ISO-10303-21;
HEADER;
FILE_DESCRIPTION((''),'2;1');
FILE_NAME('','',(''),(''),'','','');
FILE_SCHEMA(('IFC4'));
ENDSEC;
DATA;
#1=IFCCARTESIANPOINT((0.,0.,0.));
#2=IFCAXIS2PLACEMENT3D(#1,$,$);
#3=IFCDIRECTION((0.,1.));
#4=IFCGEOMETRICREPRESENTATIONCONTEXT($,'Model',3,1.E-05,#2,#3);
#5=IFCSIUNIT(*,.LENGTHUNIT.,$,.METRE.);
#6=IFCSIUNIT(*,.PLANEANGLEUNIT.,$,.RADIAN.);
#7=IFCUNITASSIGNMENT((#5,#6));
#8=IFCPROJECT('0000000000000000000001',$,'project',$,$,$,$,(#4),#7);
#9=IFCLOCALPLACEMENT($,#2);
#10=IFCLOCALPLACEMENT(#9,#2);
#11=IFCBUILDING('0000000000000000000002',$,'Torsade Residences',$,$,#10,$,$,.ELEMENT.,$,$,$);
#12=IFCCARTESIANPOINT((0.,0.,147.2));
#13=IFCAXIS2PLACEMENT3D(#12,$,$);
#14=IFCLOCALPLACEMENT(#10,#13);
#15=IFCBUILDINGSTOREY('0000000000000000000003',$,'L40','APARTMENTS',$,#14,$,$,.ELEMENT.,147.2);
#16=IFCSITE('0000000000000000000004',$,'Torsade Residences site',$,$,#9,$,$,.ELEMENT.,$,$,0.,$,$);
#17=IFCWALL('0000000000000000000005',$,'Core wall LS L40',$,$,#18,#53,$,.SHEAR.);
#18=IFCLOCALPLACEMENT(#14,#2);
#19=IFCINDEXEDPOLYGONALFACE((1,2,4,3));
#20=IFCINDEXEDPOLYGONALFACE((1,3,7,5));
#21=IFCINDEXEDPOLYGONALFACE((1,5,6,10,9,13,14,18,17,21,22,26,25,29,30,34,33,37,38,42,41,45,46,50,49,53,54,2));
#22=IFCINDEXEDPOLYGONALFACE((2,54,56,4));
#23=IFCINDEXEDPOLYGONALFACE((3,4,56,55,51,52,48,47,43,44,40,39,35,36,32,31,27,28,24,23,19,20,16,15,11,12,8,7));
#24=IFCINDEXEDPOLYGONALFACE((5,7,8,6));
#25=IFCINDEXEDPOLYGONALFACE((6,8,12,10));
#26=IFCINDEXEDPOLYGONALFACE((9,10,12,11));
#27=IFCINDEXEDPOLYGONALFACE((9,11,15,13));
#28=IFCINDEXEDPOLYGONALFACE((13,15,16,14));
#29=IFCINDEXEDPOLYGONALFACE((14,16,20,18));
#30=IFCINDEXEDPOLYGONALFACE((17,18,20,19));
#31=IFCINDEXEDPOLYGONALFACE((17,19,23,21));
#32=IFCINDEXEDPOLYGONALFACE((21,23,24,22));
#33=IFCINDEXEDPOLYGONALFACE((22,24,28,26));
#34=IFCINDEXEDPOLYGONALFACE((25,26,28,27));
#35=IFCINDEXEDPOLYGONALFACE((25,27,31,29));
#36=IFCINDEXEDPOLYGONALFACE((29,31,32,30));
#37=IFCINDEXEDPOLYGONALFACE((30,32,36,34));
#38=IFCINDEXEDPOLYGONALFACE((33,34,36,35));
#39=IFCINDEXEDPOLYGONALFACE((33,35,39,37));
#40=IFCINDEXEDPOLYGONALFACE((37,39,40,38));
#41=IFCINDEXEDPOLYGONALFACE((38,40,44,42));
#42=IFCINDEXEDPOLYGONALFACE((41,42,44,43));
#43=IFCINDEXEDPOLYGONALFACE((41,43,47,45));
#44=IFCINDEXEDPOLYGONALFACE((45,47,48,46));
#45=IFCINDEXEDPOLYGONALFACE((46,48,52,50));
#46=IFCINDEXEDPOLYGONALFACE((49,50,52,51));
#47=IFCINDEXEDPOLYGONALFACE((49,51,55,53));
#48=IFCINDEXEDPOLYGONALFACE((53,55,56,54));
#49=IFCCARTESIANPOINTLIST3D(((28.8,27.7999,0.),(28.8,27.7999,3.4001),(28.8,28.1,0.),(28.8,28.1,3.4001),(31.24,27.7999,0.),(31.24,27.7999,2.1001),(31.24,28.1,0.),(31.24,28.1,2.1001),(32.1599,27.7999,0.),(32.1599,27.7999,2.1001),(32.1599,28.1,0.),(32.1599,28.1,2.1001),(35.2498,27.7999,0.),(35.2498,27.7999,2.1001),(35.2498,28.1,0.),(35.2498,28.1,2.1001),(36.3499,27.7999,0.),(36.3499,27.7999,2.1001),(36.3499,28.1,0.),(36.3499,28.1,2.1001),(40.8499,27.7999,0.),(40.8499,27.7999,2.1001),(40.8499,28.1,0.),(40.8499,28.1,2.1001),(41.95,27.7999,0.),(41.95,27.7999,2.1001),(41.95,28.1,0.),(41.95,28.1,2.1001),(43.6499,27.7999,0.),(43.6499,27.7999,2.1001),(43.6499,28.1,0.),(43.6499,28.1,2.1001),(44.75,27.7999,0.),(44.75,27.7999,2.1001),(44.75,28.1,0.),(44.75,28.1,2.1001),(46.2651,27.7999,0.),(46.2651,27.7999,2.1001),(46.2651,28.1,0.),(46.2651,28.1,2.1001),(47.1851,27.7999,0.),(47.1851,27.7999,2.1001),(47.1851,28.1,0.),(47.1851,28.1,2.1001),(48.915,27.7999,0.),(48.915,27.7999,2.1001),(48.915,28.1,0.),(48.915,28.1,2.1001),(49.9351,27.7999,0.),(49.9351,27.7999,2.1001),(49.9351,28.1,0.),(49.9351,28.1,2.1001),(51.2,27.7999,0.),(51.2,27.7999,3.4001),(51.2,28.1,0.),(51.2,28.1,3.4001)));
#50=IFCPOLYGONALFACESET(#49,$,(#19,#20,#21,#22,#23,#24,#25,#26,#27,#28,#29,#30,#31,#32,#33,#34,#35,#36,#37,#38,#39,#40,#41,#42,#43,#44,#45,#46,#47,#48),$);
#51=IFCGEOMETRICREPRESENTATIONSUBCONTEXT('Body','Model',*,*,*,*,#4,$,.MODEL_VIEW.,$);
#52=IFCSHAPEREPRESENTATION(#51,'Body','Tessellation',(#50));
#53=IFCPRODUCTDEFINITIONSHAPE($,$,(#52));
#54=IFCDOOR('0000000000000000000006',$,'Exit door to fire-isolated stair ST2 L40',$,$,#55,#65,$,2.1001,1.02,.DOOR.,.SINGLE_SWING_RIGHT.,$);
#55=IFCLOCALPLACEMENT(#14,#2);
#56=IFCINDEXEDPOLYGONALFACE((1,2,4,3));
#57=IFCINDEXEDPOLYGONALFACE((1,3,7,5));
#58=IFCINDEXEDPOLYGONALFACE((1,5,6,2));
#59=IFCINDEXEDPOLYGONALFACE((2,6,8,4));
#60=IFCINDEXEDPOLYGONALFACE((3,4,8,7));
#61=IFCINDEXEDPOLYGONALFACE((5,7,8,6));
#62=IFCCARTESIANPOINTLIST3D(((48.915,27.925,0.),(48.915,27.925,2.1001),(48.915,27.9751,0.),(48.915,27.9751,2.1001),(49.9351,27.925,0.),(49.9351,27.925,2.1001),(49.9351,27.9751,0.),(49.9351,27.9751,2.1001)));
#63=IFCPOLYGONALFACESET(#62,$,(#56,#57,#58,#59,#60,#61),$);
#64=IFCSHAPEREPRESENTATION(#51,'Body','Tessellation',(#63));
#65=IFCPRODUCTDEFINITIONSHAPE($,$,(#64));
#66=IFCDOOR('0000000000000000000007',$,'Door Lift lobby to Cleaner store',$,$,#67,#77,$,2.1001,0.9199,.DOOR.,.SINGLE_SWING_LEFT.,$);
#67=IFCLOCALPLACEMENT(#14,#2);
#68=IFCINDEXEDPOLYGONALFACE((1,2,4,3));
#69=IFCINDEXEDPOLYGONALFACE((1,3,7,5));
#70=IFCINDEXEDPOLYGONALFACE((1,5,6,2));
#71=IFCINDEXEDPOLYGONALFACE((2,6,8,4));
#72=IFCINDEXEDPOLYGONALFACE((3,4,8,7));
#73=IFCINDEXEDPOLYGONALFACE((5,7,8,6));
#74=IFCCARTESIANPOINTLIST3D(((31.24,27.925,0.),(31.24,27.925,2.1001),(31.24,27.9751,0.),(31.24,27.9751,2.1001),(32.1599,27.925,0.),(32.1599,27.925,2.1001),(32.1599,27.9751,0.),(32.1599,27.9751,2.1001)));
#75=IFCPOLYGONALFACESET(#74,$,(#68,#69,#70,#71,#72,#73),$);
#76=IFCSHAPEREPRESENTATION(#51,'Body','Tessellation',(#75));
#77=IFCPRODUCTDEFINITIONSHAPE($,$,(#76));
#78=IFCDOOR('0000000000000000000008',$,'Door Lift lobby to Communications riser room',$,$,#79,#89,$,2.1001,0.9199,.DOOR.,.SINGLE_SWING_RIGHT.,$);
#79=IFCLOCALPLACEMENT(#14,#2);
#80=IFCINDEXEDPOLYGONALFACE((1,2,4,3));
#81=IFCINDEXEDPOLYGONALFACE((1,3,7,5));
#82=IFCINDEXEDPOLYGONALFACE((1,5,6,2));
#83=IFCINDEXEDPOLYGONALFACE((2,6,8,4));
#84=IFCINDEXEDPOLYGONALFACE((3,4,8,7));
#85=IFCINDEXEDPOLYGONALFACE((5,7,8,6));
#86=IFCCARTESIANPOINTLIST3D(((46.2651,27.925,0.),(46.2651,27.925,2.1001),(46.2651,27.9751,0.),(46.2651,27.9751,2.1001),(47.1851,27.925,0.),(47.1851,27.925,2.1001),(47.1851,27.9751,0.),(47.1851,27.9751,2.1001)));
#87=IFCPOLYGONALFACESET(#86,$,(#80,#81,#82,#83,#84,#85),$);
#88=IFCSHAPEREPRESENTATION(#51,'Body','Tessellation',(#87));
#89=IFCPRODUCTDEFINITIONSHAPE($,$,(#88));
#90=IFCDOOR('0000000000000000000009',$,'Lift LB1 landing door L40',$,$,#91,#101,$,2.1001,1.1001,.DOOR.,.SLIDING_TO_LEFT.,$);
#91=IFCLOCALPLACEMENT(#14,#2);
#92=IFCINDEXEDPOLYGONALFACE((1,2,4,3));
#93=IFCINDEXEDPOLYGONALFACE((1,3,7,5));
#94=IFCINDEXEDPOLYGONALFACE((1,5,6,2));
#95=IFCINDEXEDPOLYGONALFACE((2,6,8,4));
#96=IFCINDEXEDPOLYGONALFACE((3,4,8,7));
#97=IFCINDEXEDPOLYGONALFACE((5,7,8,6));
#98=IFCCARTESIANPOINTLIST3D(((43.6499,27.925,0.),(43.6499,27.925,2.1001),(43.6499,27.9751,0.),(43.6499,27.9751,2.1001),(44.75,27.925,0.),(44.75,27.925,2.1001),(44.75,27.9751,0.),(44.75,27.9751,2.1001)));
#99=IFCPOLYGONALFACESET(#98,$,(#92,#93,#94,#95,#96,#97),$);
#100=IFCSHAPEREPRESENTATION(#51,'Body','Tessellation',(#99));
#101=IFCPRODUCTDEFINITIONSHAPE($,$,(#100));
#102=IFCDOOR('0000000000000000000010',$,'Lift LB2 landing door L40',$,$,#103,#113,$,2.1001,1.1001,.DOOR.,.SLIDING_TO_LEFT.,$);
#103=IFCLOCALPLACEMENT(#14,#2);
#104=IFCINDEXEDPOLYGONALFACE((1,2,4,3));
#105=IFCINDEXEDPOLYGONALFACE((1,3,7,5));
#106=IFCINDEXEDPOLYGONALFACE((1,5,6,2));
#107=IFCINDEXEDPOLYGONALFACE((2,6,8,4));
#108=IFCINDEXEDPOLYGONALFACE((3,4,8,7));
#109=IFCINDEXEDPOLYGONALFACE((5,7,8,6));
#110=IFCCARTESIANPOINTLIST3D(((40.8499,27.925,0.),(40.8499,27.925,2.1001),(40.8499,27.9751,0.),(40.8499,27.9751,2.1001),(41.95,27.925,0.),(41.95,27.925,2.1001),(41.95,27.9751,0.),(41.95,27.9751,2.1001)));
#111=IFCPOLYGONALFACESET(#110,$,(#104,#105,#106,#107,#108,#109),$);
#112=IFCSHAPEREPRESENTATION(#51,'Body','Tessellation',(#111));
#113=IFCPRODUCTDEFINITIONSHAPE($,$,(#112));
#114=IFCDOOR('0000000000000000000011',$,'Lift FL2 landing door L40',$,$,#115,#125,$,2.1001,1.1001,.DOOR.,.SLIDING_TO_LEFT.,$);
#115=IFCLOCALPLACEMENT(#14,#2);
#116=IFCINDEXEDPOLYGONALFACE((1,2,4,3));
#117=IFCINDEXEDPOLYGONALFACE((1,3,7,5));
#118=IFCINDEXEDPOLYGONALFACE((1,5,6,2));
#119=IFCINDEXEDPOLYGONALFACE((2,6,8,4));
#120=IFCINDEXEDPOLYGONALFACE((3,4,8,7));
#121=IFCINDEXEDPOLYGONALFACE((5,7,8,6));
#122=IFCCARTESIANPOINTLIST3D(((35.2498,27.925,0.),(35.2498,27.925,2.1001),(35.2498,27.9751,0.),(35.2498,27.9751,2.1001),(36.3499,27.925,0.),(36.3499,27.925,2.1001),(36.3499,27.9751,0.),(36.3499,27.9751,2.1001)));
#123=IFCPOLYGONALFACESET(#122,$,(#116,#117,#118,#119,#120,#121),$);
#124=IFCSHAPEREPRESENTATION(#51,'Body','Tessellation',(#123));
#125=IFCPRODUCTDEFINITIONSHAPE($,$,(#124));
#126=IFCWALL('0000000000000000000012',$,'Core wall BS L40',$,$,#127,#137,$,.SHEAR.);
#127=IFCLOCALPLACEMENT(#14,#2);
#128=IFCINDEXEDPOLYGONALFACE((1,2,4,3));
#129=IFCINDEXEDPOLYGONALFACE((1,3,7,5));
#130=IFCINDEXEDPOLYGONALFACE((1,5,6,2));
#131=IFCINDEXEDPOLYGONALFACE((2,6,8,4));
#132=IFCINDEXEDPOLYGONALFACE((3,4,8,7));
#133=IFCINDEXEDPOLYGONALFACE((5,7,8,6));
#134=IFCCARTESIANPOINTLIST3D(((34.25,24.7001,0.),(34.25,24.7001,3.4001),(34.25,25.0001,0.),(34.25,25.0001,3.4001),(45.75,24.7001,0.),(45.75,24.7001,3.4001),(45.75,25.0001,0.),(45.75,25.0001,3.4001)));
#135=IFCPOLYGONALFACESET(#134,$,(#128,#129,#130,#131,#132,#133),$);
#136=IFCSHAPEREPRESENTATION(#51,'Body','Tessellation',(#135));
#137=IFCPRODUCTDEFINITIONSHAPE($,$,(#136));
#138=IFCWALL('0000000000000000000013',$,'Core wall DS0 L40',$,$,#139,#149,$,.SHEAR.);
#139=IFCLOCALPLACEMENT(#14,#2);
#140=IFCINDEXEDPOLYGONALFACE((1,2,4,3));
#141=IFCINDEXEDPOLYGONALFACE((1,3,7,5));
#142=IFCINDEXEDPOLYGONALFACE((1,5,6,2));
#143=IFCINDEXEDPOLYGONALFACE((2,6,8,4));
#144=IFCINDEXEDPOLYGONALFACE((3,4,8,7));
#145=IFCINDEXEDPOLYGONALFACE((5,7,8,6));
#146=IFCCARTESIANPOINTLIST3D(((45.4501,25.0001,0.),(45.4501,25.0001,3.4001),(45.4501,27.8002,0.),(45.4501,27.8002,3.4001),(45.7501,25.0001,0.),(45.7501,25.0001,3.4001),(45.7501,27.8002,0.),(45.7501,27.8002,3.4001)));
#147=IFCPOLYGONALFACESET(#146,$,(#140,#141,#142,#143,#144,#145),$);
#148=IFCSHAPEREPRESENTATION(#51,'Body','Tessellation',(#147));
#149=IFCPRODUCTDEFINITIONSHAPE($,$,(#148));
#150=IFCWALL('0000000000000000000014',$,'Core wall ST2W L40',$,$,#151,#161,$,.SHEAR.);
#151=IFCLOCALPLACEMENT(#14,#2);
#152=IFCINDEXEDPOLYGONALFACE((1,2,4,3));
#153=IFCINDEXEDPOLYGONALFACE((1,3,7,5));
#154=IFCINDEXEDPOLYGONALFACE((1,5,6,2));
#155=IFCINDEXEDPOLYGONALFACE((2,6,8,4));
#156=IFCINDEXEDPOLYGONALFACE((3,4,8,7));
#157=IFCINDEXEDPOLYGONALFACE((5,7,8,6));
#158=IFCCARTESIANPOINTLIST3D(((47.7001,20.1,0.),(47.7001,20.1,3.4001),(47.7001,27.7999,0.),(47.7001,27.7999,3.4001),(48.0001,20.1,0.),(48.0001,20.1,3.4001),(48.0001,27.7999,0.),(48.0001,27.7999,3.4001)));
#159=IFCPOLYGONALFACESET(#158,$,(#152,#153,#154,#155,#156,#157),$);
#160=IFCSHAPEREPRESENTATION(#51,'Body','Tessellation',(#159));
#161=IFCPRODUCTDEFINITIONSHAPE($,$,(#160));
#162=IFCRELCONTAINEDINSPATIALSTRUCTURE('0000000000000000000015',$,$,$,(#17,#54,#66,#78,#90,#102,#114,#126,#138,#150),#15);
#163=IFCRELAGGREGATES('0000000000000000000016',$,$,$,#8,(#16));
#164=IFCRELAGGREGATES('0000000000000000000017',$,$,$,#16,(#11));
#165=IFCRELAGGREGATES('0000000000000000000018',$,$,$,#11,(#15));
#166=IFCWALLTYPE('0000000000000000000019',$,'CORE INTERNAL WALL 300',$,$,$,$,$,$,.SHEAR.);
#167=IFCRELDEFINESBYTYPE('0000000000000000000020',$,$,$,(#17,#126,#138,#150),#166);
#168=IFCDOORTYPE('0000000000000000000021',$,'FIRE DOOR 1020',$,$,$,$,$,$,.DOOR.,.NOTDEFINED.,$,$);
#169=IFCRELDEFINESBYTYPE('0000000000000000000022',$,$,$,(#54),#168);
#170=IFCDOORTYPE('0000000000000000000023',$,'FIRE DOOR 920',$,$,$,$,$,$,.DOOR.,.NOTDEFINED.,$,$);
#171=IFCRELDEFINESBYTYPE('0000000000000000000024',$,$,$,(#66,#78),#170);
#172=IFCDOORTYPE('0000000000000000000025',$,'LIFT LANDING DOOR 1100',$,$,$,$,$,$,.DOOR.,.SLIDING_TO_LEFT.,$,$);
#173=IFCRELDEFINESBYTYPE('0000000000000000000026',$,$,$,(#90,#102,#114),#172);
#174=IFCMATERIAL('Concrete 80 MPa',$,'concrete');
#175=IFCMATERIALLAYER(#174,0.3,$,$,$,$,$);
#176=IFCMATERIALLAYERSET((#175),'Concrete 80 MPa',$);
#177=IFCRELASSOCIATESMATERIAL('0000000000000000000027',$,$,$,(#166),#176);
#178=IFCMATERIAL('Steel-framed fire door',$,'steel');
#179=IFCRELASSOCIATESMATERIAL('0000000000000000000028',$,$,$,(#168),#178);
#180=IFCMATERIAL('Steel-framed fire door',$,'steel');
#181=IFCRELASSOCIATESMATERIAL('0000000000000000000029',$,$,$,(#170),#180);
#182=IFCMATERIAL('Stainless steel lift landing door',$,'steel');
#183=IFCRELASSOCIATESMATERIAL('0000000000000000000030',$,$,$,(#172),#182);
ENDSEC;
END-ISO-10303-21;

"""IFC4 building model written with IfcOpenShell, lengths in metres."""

from ifc_helpers import new_model, si_unit, direction, frame, frame_2d, origin, place, context, subcontext, project, spatial, rectangle, extrude, material, layer, layer_set, type_object, element, fill, save


model = new_model("IFC4")

# Units and contexts
model_context = context("Model", 3, precision=1e-05, world=origin(), true_north=direction((0.0, 1.0)))
body_context = subcontext(model_context, "Body", "Model", "MODEL_VIEW")
ifc_project = project(units=[si_unit("LENGTHUNIT", "METRE"), si_unit("PLANEANGLEUNIT", "RADIAN")], contexts=[model_context])

# Site, building, storey
site_placement = place(None, origin())
site = spatial("IfcSite", under=ifc_project, at=site_placement, Name="Torsade Residences site", CompositionType="ELEMENT", RefElevation=0.0)
building_placement = place(site_placement, origin())
building = spatial("IfcBuilding", under=site, at=building_placement, Name="Torsade Residences", CompositionType="ELEMENT")
storey_placement = place(building_placement, frame((0.0, 0.0, 147.2)))
storey = spatial("IfcBuildingStorey", under=building, at=storey_placement, Name="L40", Description="APARTMENTS", CompositionType="ELEMENT", Elevation=147.2)

# Wall, openings, doors
ifc_material_1 = material(Name="Concrete 80 MPa", Category="concrete")
ifc_layer_1 = layer(ifc_material_1, 0.3)
ifc_layer_set_1 = layer_set([ifc_layer_1], Name="Concrete 80 MPa")
wall_type_1 = type_object("IfcWallType", Name="CORE INTERNAL WALL 300", PredefinedType="SHEAR", material=ifc_layer_set_1)
wall_1_placement = place(storey_placement, frame((51.2, 27.95, 0.0), z_axis=(0.0, 0.0, 1.0), x_axis=(-1.0, 0.0, 0.0)))
wall_1 = element("IfcWall", 1, at=wall_1_placement, inside=storey, type_object=wall_type_1, Name="Core wall LS L40", PredefinedType="SHEAR", context=body_context, shape_type="SweptSolid", body=[
    extrude(rectangle(XDim=22.3999, YDim=0.3, at=frame_2d((11.2, 0.0))), origin(), (0.0, 0.0, 1.0), 3.4001),
])
opening_1_placement = place(wall_1_placement, frame((19.04, 0.0, 0.0)))
opening_1 = element("IfcOpeningElement", 2, at=opening_1_placement, cuts=wall_1, PredefinedType="OPENING", context=body_context, shape_type="SweptSolid", body=[
    extrude(rectangle(XDim=0.9199, YDim=2.1001, at=frame_2d((0.46, 1.05))), frame((0.0, 0.1599, 0.0), z_axis=(0.0, -1.0, 0.0), x_axis=(1.0, 0.0, 0.0)), (0.0, 0.0, 1.0), 0.3201),
])
opening_2_placement = place(wall_1_placement, frame((1.2649, 0.0, 0.0)))
opening_2 = element("IfcOpeningElement", 3, at=opening_2_placement, cuts=wall_1, PredefinedType="OPENING", context=body_context, shape_type="SweptSolid", body=[
    extrude(rectangle(XDim=1.02, YDim=2.1001, at=frame_2d((0.51, 1.05))), frame((0.0, 0.1599, 0.0), z_axis=(0.0, -1.0, 0.0), x_axis=(1.0, 0.0, 0.0)), (0.0, 0.0, 1.0), 0.3201),
])
opening_3_placement = place(wall_1_placement, frame((4.0149, 0.0, 0.0)))
opening_3 = element("IfcOpeningElement", 4, at=opening_3_placement, cuts=wall_1, PredefinedType="OPENING", context=body_context, shape_type="SweptSolid", body=[
    extrude(rectangle(XDim=0.9199, YDim=2.1001, at=frame_2d((0.46, 1.05))), frame((0.0, 0.1599, 0.0), z_axis=(0.0, -1.0, 0.0), x_axis=(1.0, 0.0, 0.0)), (0.0, 0.0, 1.0), 0.3201),
])
opening_4_placement = place(wall_1_placement, frame((6.45, 0.0, 0.0)))
opening_4 = element("IfcOpeningElement", 5, at=opening_4_placement, cuts=wall_1, PredefinedType="OPENING", context=body_context, shape_type="SweptSolid", body=[
    extrude(rectangle(XDim=1.1001, YDim=2.1001, at=frame_2d((0.55, 1.05))), frame((0.0, 0.1599, 0.0), z_axis=(0.0, -1.0, 0.0), x_axis=(1.0, 0.0, 0.0)), (0.0, 0.0, 1.0), 0.3201),
])
opening_5_placement = place(wall_1_placement, frame((9.25, 0.0, 0.0)))
opening_5 = element("IfcOpeningElement", 6, at=opening_5_placement, cuts=wall_1, PredefinedType="OPENING", context=body_context, shape_type="SweptSolid", body=[
    extrude(rectangle(XDim=1.1001, YDim=2.1001, at=frame_2d((0.55, 1.05))), frame((0.0, 0.1599, 0.0), z_axis=(0.0, -1.0, 0.0), x_axis=(1.0, 0.0, 0.0)), (0.0, 0.0, 1.0), 0.3201),
])
opening_6_placement = place(wall_1_placement, frame((14.8501, 0.0, 0.0)))
opening_6 = element("IfcOpeningElement", 7, at=opening_6_placement, cuts=wall_1, PredefinedType="OPENING", context=body_context, shape_type="SweptSolid", body=[
    extrude(rectangle(XDim=1.1001, YDim=2.1001, at=frame_2d((0.55, 1.05))), frame((0.0, 0.1599, 0.0), z_axis=(0.0, -1.0, 0.0), x_axis=(1.0, 0.0, 0.0)), (0.0, 0.0, 1.0), 0.3201),
])
ifc_material_2 = material(Name="Steel-framed fire door", Category="steel")
door_type_1 = type_object("IfcDoorType", Name="FIRE DOOR 1020", OperationType="NOTDEFINED", PredefinedType="DOOR", material=ifc_material_2)
door_1_placement = place(opening_2_placement, origin())
door_1 = element("IfcDoor", 8, at=door_1_placement, inside=storey, type_object=door_type_1, Name="Exit door to fire-isolated stair ST2 L40", OperationType="SINGLE_SWING_RIGHT", OverallHeight=2.1001, OverallWidth=1.02, PredefinedType="DOOR", context=body_context, shape_type="SweptSolid", body=[
    extrude(rectangle(XDim=1.02, YDim=2.1001, at=frame_2d((0.51, 1.05))), frame((0.0, 0.0249, 0.0), z_axis=(0.0, -1.0, 0.0), x_axis=(1.0, 0.0, 0.0)), (0.0, 0.0, 1.0), 0.05),
])
fill(opening_2, door_1)
ifc_material_3 = material(Name="Steel-framed fire door", Category="steel")
door_type_2 = type_object("IfcDoorType", Name="FIRE DOOR 920", OperationType="NOTDEFINED", PredefinedType="DOOR", material=ifc_material_3)
door_2_placement = place(opening_1_placement, origin())
door_2 = element("IfcDoor", 9, at=door_2_placement, inside=storey, type_object=door_type_2, Name="Door Lift lobby to Cleaner store", OperationType="SINGLE_SWING_LEFT", OverallHeight=2.1001, OverallWidth=0.9199, PredefinedType="DOOR", context=body_context, shape_type="SweptSolid", body=[
    extrude(rectangle(XDim=0.9199, YDim=2.1001, at=frame_2d((0.46, 1.05))), frame((0.0, 0.0249, 0.0), z_axis=(0.0, -1.0, 0.0), x_axis=(1.0, 0.0, 0.0)), (0.0, 0.0, 1.0), 0.05),
])
fill(opening_1, door_2)
door_3_placement = place(opening_3_placement, origin())
door_3 = element("IfcDoor", 10, at=door_3_placement, inside=storey, type_object=door_type_2, Name="Door Lift lobby to Communications riser room", OperationType="SINGLE_SWING_RIGHT", OverallHeight=2.1001, OverallWidth=0.9199, PredefinedType="DOOR", context=body_context, shape_type="SweptSolid", body=[
    extrude(rectangle(XDim=0.9199, YDim=2.1001, at=frame_2d((0.46, 1.05))), frame((0.0, 0.0249, 0.0), z_axis=(0.0, -1.0, 0.0), x_axis=(1.0, 0.0, 0.0)), (0.0, 0.0, 1.0), 0.05),
])
fill(opening_3, door_3)
ifc_material_4 = material(Name="Stainless steel lift landing door", Category="steel")
door_type_3 = type_object("IfcDoorType", Name="LIFT LANDING DOOR 1100", OperationType="SLIDING_TO_LEFT", PredefinedType="DOOR", material=ifc_material_4)
door_4_placement = place(opening_4_placement, origin())
door_4 = element("IfcDoor", 11, at=door_4_placement, inside=storey, type_object=door_type_3, Name="Lift LB1 landing door L40", OperationType="SLIDING_TO_LEFT", OverallHeight=2.1001, OverallWidth=1.1001, PredefinedType="DOOR", context=body_context, shape_type="SweptSolid", body=[
    extrude(rectangle(XDim=1.1001, YDim=2.1001, at=frame_2d((0.55, 1.05))), frame((0.0, 0.0249, 0.0), z_axis=(0.0, -1.0, 0.0), x_axis=(1.0, 0.0, 0.0)), (0.0, 0.0, 1.0), 0.05),
])
fill(opening_4, door_4)
door_5_placement = place(opening_5_placement, origin())
door_5 = element("IfcDoor", 12, at=door_5_placement, inside=storey, type_object=door_type_3, Name="Lift LB2 landing door L40", OperationType="SLIDING_TO_LEFT", OverallHeight=2.1001, OverallWidth=1.1001, PredefinedType="DOOR", context=body_context, shape_type="SweptSolid", body=[
    extrude(rectangle(XDim=1.1001, YDim=2.1001, at=frame_2d((0.55, 1.05))), frame((0.0, 0.0249, 0.0), z_axis=(0.0, -1.0, 0.0), x_axis=(1.0, 0.0, 0.0)), (0.0, 0.0, 1.0), 0.05),
])
fill(opening_5, door_5)
door_6_placement = place(opening_6_placement, origin())
door_6 = element("IfcDoor", 13, at=door_6_placement, inside=storey, type_object=door_type_3, Name="Lift FL2 landing door L40", OperationType="SLIDING_TO_LEFT", OverallHeight=2.1001, OverallWidth=1.1001, PredefinedType="DOOR", context=body_context, shape_type="SweptSolid", body=[
    extrude(rectangle(XDim=1.1001, YDim=2.1001, at=frame_2d((0.55, 1.05))), frame((0.0, 0.0249, 0.0), z_axis=(0.0, -1.0, 0.0), x_axis=(1.0, 0.0, 0.0)), (0.0, 0.0, 1.0), 0.05),
])
fill(opening_6, door_6)

# Walls
wall_2_placement = place(storey_placement, frame((45.75, 24.8501, 0.0), z_axis=(0.0, 0.0, 1.0), x_axis=(-1.0, 0.0, 0.0)))
element("IfcWall", 14, at=wall_2_placement, inside=storey, type_object=wall_type_1, Name="Core wall BS L40", PredefinedType="SHEAR", context=body_context, shape_type="SweptSolid", body=[
    extrude(rectangle(XDim=11.5, YDim=0.3, at=frame_2d((5.75, 0.0))), origin(), (0.0, 0.0, 1.0), 3.4001),
])
wall_3_placement = place(storey_placement, frame((45.6001, 27.8, 0.0), z_axis=(0.0, 0.0, 1.0), x_axis=(0.0, -1.0, 0.0)))
element("IfcWall", 15, at=wall_3_placement, inside=storey, type_object=wall_type_1, Name="Core wall DS0 L40", PredefinedType="SHEAR", context=body_context, shape_type="SweptSolid", body=[
    extrude(rectangle(XDim=2.8, YDim=0.3, at=frame_2d((1.3999, 0.0))), origin(), (0.0, 0.0, 1.0), 3.4001),
])
wall_4_placement = place(storey_placement, frame((47.8501, 27.8, 0.0), z_axis=(0.0, 0.0, 1.0), x_axis=(0.0, -1.0, 0.0)))
element("IfcWall", 16, at=wall_4_placement, inside=storey, type_object=wall_type_1, Name="Core wall ST2W L40", PredefinedType="SHEAR", context=body_context, shape_type="SweptSolid", body=[
    extrude(rectangle(XDim=7.7, YDim=0.3, at=frame_2d((3.8501, 0.0))), origin(), (0.0, 0.0, 1.0), 3.4001),
])

save(model, "model.ifc")
